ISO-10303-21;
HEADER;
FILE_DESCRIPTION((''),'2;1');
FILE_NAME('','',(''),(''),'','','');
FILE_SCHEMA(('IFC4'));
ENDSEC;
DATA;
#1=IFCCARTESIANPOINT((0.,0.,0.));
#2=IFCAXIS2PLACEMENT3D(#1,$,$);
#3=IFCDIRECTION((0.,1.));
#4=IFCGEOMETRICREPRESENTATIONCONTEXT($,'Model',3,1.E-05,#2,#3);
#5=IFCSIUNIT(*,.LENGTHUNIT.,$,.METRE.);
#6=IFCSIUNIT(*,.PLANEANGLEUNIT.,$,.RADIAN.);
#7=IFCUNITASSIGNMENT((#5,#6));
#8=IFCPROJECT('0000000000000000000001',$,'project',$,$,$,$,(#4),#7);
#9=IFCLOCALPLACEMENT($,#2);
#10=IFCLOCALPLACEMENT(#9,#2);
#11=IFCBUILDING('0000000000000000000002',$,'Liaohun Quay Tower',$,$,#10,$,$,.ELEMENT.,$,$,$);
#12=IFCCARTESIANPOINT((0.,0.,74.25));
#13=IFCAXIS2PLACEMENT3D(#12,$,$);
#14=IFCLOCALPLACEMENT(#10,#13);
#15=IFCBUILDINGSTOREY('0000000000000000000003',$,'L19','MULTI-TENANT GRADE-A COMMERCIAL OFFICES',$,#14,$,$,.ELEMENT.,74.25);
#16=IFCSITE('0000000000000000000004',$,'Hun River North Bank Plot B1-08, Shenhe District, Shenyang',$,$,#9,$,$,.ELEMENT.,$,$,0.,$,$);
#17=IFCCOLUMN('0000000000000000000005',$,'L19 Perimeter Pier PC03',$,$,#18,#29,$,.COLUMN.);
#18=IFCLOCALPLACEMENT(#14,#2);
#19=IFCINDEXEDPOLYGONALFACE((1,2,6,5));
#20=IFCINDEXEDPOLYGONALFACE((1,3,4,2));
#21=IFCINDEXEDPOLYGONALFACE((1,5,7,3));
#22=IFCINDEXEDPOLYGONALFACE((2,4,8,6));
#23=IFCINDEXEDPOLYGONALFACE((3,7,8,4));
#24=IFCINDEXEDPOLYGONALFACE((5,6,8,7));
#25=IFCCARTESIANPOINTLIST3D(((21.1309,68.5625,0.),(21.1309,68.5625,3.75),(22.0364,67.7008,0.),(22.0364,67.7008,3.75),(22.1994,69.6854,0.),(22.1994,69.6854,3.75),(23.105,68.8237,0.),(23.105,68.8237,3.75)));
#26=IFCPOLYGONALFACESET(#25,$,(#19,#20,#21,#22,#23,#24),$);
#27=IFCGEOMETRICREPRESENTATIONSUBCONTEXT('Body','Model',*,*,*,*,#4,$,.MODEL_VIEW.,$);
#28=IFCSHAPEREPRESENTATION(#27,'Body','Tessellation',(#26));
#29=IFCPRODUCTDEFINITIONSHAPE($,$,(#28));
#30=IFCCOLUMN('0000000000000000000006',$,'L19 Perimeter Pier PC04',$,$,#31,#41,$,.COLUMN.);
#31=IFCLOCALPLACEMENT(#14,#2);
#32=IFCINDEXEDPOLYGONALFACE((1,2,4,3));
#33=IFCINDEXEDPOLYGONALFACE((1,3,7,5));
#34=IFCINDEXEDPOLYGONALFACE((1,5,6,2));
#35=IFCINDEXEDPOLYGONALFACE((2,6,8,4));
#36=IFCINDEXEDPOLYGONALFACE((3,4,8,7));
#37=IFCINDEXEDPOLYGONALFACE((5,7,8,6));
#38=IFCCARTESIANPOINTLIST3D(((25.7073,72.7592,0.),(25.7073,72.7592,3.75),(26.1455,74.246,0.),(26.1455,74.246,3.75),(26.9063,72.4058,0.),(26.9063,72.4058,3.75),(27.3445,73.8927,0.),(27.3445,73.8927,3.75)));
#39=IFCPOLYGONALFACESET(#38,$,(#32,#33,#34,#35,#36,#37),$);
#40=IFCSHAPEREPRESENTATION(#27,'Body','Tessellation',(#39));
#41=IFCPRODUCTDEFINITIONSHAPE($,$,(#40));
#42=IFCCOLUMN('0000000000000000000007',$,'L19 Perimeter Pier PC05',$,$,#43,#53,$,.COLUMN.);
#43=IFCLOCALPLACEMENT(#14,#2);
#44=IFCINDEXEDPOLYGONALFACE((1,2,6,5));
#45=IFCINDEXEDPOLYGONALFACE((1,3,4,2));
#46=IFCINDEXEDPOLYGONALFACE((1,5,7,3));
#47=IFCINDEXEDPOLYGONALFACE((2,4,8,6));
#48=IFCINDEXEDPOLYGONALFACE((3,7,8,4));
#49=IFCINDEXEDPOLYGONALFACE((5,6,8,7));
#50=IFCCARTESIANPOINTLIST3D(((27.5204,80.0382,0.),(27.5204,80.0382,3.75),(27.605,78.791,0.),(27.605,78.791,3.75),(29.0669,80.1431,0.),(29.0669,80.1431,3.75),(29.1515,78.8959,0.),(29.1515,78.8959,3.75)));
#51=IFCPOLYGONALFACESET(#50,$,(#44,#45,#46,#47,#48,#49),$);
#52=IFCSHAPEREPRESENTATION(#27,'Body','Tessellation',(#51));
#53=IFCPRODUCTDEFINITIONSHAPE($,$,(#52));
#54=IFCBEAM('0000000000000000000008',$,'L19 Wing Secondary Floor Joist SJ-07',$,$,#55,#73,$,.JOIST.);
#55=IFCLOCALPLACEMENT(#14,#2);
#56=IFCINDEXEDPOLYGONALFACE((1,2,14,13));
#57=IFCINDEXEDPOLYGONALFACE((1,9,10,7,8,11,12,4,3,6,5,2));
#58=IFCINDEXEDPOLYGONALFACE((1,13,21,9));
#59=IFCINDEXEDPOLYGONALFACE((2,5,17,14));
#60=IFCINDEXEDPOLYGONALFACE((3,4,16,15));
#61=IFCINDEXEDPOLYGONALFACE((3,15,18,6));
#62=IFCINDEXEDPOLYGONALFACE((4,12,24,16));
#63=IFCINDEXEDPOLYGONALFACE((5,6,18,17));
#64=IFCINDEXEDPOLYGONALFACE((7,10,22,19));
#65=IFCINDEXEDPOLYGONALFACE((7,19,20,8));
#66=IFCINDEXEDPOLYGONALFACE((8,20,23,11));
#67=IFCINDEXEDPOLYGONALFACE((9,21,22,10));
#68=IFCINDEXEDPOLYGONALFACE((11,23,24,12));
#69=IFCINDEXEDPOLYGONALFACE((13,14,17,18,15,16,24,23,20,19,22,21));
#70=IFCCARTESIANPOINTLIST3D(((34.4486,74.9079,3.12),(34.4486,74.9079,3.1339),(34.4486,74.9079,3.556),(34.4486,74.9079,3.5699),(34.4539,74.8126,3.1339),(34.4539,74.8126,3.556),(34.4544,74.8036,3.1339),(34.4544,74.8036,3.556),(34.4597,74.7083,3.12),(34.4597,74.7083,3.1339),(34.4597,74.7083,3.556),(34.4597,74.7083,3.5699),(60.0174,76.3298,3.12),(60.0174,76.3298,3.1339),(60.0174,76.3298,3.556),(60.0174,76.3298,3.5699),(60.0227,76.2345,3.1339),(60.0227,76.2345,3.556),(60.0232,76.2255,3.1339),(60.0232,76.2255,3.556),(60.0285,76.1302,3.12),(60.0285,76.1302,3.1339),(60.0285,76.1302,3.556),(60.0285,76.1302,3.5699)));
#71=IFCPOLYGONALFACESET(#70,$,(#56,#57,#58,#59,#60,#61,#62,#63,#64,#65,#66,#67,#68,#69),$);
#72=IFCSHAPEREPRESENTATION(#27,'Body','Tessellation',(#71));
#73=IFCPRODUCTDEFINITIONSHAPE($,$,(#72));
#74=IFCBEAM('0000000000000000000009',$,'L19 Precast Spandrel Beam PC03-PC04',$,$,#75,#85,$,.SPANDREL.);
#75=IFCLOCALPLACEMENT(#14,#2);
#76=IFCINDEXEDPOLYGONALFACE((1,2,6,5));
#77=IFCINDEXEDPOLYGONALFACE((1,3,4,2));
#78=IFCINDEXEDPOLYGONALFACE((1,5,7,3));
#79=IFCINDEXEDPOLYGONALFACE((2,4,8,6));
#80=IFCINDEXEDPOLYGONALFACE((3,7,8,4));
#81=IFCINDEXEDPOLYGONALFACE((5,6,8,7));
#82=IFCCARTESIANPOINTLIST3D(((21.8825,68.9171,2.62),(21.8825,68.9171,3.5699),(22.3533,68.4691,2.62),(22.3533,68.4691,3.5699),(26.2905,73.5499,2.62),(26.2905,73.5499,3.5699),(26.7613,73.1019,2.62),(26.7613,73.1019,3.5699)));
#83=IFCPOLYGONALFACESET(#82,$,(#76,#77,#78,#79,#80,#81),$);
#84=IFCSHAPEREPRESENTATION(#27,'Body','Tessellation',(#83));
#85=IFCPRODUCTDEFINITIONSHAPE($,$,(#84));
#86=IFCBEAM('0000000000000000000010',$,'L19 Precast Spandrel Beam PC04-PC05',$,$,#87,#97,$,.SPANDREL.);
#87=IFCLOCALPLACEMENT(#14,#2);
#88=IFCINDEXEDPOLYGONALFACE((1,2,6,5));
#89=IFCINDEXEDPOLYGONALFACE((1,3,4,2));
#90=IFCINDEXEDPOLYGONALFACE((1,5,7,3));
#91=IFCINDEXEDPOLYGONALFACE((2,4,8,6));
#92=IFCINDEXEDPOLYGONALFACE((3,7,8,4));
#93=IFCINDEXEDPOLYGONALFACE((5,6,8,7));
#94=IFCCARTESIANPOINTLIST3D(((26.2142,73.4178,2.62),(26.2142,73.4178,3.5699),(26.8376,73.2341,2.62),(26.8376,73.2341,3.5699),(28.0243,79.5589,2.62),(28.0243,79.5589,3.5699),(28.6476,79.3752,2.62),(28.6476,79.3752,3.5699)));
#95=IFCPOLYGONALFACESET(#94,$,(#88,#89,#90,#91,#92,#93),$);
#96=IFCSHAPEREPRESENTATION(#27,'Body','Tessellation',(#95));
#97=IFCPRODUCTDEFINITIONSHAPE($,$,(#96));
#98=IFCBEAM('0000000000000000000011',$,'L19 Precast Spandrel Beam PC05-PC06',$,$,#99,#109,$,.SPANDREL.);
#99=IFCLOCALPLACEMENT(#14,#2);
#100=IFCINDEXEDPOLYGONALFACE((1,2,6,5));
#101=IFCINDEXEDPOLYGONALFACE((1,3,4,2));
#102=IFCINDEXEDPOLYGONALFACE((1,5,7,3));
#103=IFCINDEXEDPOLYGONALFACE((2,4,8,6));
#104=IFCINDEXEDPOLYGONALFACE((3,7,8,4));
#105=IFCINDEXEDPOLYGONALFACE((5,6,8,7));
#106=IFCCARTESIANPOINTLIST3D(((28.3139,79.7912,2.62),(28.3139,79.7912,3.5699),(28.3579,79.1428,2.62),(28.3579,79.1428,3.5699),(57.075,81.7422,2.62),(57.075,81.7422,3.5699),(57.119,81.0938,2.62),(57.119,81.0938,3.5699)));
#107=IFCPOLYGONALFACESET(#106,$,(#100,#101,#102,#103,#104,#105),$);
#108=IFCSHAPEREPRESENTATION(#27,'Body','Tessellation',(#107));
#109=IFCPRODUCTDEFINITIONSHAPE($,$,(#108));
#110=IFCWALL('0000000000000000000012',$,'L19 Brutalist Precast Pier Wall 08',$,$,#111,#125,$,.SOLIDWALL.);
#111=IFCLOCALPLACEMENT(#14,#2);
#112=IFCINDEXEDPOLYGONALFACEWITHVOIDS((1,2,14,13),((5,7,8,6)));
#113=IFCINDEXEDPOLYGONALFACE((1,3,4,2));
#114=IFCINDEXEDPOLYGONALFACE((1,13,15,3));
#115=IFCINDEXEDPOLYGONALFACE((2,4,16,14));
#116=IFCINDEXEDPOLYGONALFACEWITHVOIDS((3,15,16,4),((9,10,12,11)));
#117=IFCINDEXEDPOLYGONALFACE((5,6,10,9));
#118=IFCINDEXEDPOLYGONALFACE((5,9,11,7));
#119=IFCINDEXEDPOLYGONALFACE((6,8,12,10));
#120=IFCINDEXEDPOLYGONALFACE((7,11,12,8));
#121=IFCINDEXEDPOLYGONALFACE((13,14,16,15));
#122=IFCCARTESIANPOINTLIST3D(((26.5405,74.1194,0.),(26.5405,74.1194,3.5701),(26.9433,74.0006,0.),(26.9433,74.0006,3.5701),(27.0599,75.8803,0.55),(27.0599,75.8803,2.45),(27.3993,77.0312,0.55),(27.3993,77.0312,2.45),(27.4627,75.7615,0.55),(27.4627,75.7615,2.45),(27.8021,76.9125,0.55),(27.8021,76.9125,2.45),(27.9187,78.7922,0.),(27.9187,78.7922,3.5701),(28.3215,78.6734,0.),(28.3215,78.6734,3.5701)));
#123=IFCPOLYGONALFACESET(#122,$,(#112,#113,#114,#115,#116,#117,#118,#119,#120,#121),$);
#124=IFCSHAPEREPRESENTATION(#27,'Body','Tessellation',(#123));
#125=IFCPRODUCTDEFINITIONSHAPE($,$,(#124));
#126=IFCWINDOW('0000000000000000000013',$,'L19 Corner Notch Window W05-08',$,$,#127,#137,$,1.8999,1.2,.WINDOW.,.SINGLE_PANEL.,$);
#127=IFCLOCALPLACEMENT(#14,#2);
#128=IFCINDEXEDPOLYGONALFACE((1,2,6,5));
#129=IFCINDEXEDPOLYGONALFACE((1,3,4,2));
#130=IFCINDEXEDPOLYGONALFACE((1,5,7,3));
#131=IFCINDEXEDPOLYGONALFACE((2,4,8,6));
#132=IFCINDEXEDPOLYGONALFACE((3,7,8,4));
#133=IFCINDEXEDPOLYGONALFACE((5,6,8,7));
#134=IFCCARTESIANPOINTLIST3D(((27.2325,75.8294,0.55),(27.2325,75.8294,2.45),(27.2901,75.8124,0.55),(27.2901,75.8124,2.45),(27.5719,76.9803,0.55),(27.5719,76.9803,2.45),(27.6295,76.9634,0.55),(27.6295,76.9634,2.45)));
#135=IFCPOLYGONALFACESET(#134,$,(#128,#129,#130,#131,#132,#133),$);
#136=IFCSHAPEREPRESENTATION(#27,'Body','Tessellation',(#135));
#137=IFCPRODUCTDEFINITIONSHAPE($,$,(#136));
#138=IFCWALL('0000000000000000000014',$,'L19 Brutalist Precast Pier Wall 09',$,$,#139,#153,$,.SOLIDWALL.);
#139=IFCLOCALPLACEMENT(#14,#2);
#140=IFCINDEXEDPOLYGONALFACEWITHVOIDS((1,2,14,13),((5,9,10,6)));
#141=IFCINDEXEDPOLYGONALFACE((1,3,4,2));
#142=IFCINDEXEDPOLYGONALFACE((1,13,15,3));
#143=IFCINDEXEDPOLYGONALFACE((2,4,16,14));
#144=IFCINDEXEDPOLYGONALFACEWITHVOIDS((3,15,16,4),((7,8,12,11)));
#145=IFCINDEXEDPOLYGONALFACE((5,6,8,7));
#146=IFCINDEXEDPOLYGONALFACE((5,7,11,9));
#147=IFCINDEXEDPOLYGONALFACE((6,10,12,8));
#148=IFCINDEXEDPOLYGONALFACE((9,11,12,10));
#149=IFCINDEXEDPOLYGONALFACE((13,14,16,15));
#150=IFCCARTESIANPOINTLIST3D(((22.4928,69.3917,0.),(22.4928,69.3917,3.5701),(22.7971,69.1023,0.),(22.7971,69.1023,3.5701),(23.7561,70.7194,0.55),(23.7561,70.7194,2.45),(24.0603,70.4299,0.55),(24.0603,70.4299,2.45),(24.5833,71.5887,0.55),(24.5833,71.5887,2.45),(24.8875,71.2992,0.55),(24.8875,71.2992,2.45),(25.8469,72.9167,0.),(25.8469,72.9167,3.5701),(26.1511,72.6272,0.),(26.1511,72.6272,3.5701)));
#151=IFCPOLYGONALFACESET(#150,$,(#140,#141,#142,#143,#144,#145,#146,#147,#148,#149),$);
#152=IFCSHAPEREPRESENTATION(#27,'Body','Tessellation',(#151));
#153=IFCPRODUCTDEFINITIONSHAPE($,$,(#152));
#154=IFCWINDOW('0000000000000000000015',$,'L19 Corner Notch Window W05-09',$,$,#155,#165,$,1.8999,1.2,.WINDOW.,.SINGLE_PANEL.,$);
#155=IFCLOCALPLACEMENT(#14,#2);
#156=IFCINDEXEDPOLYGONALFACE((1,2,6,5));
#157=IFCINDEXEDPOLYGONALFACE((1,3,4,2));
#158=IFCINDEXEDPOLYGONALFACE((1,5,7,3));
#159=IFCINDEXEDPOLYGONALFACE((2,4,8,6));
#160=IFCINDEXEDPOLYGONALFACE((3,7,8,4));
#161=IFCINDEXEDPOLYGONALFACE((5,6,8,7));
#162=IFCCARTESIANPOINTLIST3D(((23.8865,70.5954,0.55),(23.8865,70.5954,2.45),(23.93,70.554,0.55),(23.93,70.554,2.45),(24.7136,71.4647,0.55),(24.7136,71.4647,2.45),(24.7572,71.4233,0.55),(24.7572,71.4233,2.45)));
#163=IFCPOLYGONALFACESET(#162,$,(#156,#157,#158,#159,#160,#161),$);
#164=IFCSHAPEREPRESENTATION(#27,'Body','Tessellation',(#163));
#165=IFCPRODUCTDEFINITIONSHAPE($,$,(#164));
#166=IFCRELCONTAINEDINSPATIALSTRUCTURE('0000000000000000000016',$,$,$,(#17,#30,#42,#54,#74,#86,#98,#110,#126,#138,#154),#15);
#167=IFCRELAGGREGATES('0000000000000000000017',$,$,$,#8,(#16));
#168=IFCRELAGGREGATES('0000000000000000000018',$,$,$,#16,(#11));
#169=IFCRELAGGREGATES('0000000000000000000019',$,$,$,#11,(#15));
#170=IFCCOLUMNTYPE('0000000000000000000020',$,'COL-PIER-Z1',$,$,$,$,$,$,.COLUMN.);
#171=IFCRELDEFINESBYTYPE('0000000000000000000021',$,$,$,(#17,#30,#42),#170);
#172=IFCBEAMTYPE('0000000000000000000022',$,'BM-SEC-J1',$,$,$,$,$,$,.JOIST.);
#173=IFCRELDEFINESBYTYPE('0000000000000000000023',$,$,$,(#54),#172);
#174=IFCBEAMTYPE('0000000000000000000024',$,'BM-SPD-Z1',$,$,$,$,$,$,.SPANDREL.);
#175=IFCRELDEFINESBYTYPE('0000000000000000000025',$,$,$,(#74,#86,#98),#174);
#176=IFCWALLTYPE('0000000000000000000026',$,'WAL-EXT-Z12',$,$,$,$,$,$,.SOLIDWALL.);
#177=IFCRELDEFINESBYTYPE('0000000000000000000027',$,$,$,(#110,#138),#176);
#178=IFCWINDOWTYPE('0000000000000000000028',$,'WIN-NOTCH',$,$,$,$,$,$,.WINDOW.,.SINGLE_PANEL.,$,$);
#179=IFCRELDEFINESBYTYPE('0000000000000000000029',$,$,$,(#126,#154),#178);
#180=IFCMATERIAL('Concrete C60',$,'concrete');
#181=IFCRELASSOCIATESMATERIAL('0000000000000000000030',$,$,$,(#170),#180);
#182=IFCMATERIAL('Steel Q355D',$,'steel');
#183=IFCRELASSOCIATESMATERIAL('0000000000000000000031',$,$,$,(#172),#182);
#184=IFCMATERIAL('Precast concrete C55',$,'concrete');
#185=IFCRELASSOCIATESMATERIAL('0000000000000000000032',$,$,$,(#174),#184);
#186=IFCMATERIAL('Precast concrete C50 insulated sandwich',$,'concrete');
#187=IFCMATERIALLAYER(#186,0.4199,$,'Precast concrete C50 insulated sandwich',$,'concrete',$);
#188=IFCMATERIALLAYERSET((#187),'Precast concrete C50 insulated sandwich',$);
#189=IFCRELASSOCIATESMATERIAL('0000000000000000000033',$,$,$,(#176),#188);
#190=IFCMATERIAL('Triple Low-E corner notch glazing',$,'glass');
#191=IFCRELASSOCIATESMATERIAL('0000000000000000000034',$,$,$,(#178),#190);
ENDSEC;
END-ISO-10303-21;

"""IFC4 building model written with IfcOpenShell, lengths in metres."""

from ifc_helpers import new_model, si_unit, direction, frame, frame_2d, origin, origin_2d, place, context, subcontext, project, spatial, rectangle, i_section, extrude, source, transform, mapped, material, layer, layer_set, material_profile, profile_set, type_object, element, fill, save


model = new_model("IFC4")

# Units and contexts
model_context = context("Model", 3, precision=1e-05, world=origin(), true_north=direction((0.0, 1.0)))
body_context = subcontext(model_context, "Body", "Model", "MODEL_VIEW")
ifc_project = project(units=[si_unit("LENGTHUNIT", "METRE"), si_unit("PLANEANGLEUNIT", "RADIAN")], contexts=[model_context])

# Site, building, storey
site_placement = place(None, origin())
site = spatial("IfcSite", under=ifc_project, at=site_placement, Name="Hun River North Bank Plot B1-08, Shenhe District, Shenyang", CompositionType="ELEMENT", RefElevation=0.0)
building_placement = place(site_placement, origin())
building = spatial("IfcBuilding", under=site, at=building_placement, Name="Liaohun Quay Tower", CompositionType="ELEMENT")
storey_placement = place(building_placement, frame((0.0, 0.0, 74.25)))
storey = spatial("IfcBuildingStorey", under=building, at=storey_placement, Name="L19", Description="MULTI-TENANT GRADE-A COMMERCIAL OFFICES", CompositionType="ELEMENT", Elevation=74.25)

# Columns
ifc_material_1 = material(Name="Concrete C60", Category="concrete")
ifc_material_profile_1 = material_profile(ifc_material_1, rectangle(XDim=1.55, YDim=1.25, at=origin_2d()), Name="RC1550x1250")
ifc_profile_set_1 = profile_set([ifc_material_profile_1], Name="Concrete C60")
column_type = type_object("IfcColumnType", Name="COL-PIER-Z1", PredefinedType="COLUMN", material=ifc_profile_set_1)
shared_shape_1 = source(origin(), body_context, "Body", "SweptSolid", [
    extrude(rectangle(XDim=1.55, YDim=1.25, at=origin_2d()), origin(), (0.0, 0.0, 1.0), 3.75),
])
for number, where, z_axis, x_axis, name in (
    (1, (22.1179, 68.6931, 0.0), (0.0, 0.0, 1.0), (0.689367, 0.724413, 0.0), "L19 Perimeter Pier PC03"),
    (2, (26.5259, 73.3259, 0.0), (0.0, 0.0, 1.0), (0.282676, 0.959215, 0.0), "L19 Perimeter Pier PC04"),
    (3, (28.3359, 79.467, 0.0), (0.0, 0.0, 1.0), (0.997708, 0.067667, 0.0), "L19 Perimeter Pier PC05"),
):
    element("IfcColumn", number, at=place(storey_placement, frame(where, z_axis=z_axis, x_axis=x_axis)), inside=storey, type_object=column_type, Name=name, PredefinedType="COLUMN", context=body_context, shape_type="MappedRepresentation", body=[
        mapped(shared_shape_1, transform((0.0, 0.0, 0.0), x_axis=(1.0, 0.0, 0.0), y_axis=(0.0, 1.0, 0.0), z_axis=(0.0, 0.0, 1.0), scale=1.0)),
    ])

# Beams
ifc_material_2 = material(Name="Steel Q355D", Category="steel")
ifc_material_profile_2 = material_profile(ifc_material_2, i_section(OverallWidth=0.2, OverallDepth=0.45, WebThickness=0.009, FlangeThickness=0.0139, at=origin_2d()), Name="HN450x200x9x14")
ifc_profile_set_2 = profile_set([ifc_material_profile_2], Name="Steel Q355D")
beam_type_1 = type_object("IfcBeamType", Name="BM-SEC-J1", PredefinedType="JOIST", material=ifc_profile_set_2)
shared_shape_2 = source(origin(), body_context, "Body", "SweptSolid", [
    extrude(i_section(OverallWidth=0.2, OverallDepth=0.45, WebThickness=0.009, FlangeThickness=0.0139, at=origin_2d()), origin(), (0.0, 0.0, 1.0), 25.6084),
])
beam_1_placement = place(storey_placement, frame((34.4541, 74.8081, 3.345), z_axis=(0.998457, 0.055524, 0.0), x_axis=(-0.055524, 0.998457, 0.0)))
element("IfcBeam", 4, at=beam_1_placement, inside=storey, type_object=beam_type_1, Name="L19 Wing Secondary Floor Joist SJ-07", PredefinedType="JOIST", context=body_context, shape_type="MappedRepresentation", body=[
    mapped(shared_shape_2, transform((0.0, 0.0, 0.0), x_axis=(1.0, 0.0, 0.0), y_axis=(0.0, 1.0, 0.0), z_axis=(0.0, 0.0, 1.0), scale=1.0)),
])
ifc_material_3 = material(Name="Precast concrete C55", Category="concrete")
ifc_material_profile_3 = material_profile(ifc_material_3, rectangle(XDim=0.6499, YDim=0.95, at=origin_2d()), Name="RC650x950")
ifc_profile_set_3 = profile_set([ifc_material_profile_3], Name="Precast concrete C55")
beam_type_2 = type_object("IfcBeamType", Name="BM-SPD-Z1", PredefinedType="SPANDREL", material=ifc_profile_set_3)
shared_shape_3 = source(origin(), body_context, "Body", "SweptSolid", [
    extrude(rectangle(XDim=0.6499, YDim=0.95, at=origin_2d()), origin(), (0.0, 0.0, 1.0), 6.3948),
])
beam_2_placement = place(storey_placement, frame((22.1179, 68.6931, 3.095), z_axis=(0.689307, 0.724469, 0.0), x_axis=(-0.724469, 0.689307, 0.0)))
element("IfcBeam", 5, at=beam_2_placement, inside=storey, type_object=beam_type_2, Name="L19 Precast Spandrel Beam PC03-PC04", PredefinedType="SPANDREL", context=body_context, shape_type="MappedRepresentation", body=[
    mapped(shared_shape_3, transform((0.0, 0.0, 0.0), x_axis=(1.0, 0.0, 0.0), y_axis=(0.0, 1.0, 0.0), z_axis=(0.0, 0.0, 1.0), scale=1.0)),
])
shared_shape_4 = source(origin(), body_context, "Body", "SweptSolid", [
    extrude(rectangle(XDim=0.6499, YDim=0.95, at=origin_2d()), origin(), (0.0, 0.0, 1.0), 6.4023),
])
beam_3_placement = place(storey_placement, frame((26.5259, 73.3259, 3.095), z_axis=(0.28272, 0.959203, 0.0), x_axis=(-0.959203, 0.28272, 0.0)))
element("IfcBeam", 6, at=beam_3_placement, inside=storey, type_object=beam_type_2, Name="L19 Precast Spandrel Beam PC04-PC05", PredefinedType="SPANDREL", context=body_context, shape_type="MappedRepresentation", body=[
    mapped(shared_shape_4, transform((0.0, 0.0, 0.0), x_axis=(1.0, 0.0, 0.0), y_axis=(0.0, 1.0, 0.0), z_axis=(0.0, 0.0, 1.0), scale=1.0)),
])
shared_shape_5 = source(origin(), body_context, "Body", "SweptSolid", [
    extrude(rectangle(XDim=0.6499, YDim=0.95, at=origin_2d()), origin(), (0.0, 0.0, 1.0), 28.8271),
])
beam_4_placement = place(storey_placement, frame((28.3359, 79.467, 3.095), z_axis=(0.997707, 0.067677, 0.0), x_axis=(-0.067677, 0.997707, 0.0)))
element("IfcBeam", 7, at=beam_4_placement, inside=storey, type_object=beam_type_2, Name="L19 Precast Spandrel Beam PC05-PC06", PredefinedType="SPANDREL", context=body_context, shape_type="MappedRepresentation", body=[
    mapped(shared_shape_5, transform((0.0, 0.0, 0.0), x_axis=(1.0, 0.0, 0.0), y_axis=(0.0, 1.0, 0.0), z_axis=(0.0, 0.0, 1.0), scale=1.0)),
])

# Walls, openings, windows
ifc_material_4 = material(Name="Precast concrete C50 insulated sandwich", Category="concrete")
ifc_layer_1 = layer(ifc_material_4, 0.4199, Name="Precast concrete C50 insulated sandwich", Category="concrete")
ifc_layer_set_1 = layer_set([ifc_layer_1], Name="Precast concrete C50 insulated sandwich")
wall_type_1 = type_object("IfcWallType", Name="WAL-EXT-Z12", PredefinedType="SOLIDWALL", material=ifc_layer_set_1)
wall_1_placement = place(storey_placement, frame((28.1201, 78.7329, 0.0), z_axis=(0.0, 0.0, 1.0), x_axis=(-0.282885, -0.959154, 0.0)))
wall_1 = element("IfcWall", 8, at=wall_1_placement, inside=storey, type_object=wall_type_1, Name="L19 Brutalist Precast Pier Wall 08", PredefinedType="SOLIDWALL", context=body_context, shape_type="SweptSolid", body=[
    extrude(rectangle(XDim=4.8718, YDim=0.4199, at=frame_2d((2.436, 0.0))), origin(), (0.0, 0.0, 1.0), 3.5701),
])
shared_shape_6 = source(origin(), body_context, "Body", "SweptSolid", [
    extrude(rectangle(XDim=1.2, YDim=1.8999, at=frame_2d((0.6001, 0.95))), frame((0.0, 0.22, 0.0), z_axis=(0.0, -1.0, 0.0), x_axis=(1.0, 0.0, 0.0)), (0.0, 0.0, 1.0), 0.4399),
])
opening_1_placement = place(wall_1_placement, frame((1.8359, 0.0, 0.55)))
opening_1 = element("IfcOpeningElement", 9, at=opening_1_placement, cuts=wall_1, PredefinedType="OPENING", context=body_context, shape_type="MappedRepresentation", body=[
    mapped(shared_shape_6, transform((0.0, 0.0, 0.0), x_axis=(1.0, 0.0, 0.0), y_axis=(0.0, 1.0, 0.0), z_axis=(0.0, 0.0, 1.0), scale=1.0)),
])
ifc_material_5 = material(Name="Triple Low-E corner notch glazing", Category="glass")
window_type_1 = type_object("IfcWindowType", Name="WIN-NOTCH", PartitioningType="SINGLE_PANEL", PredefinedType="WINDOW", material=ifc_material_5)
shared_shape_7 = source(origin(), body_context, "Body", "SweptSolid", [
    extrude(rectangle(XDim=1.2, YDim=1.8999, at=frame_2d((0.6001, 0.95))), frame((0.0, 0.03, 0.0), z_axis=(0.0, -1.0, 0.0), x_axis=(1.0, 0.0, 0.0)), (0.0, 0.0, 1.0), 0.0601),
])
window_1_placement = place(opening_1_placement, origin())
window_1 = element("IfcWindow", 10, at=window_1_placement, inside=storey, type_object=window_type_1, Name="L19 Corner Notch Window W05-08", OverallHeight=1.8999, OverallWidth=1.2, PartitioningType="SINGLE_PANEL", PredefinedType="WINDOW", context=body_context, shape_type="MappedRepresentation", body=[
    mapped(shared_shape_7, transform((0.0, 0.0, 0.0), x_axis=(1.0, 0.0, 0.0), y_axis=(0.0, 1.0, 0.0), z_axis=(0.0, 0.0, 1.0), scale=1.0)),
])
fill(opening_1, window_1)
wall_2_placement = place(storey_placement, frame((25.999, 72.772, 0.0), z_axis=(0.0, 0.0, 1.0), x_axis=(-0.689327, -0.72445, 0.0)))
wall_2 = element("IfcWall", 11, at=wall_2_placement, inside=storey, type_object=wall_type_1, Name="L19 Brutalist Precast Pier Wall 09", PredefinedType="SOLIDWALL", context=body_context, shape_type="SweptSolid", body=[
    extrude(rectangle(XDim=4.8657, YDim=0.4199, at=frame_2d((2.4329, 0.0))), origin(), (0.0, 0.0, 1.0), 3.5701),
])
opening_2_placement = place(wall_2_placement, frame((1.833, 0.0, 0.55)))
opening_2 = element("IfcOpeningElement", 12, at=opening_2_placement, cuts=wall_2, PredefinedType="OPENING", context=body_context, shape_type="MappedRepresentation", body=[
    mapped(shared_shape_6, transform((0.0, 0.0, 0.0), x_axis=(1.0, 0.0, 0.0), y_axis=(0.0, 1.0, 0.0), z_axis=(0.0, 0.0, 1.0), scale=1.0)),
])
window_2_placement = place(opening_2_placement, origin())
window_2 = element("IfcWindow", 13, at=window_2_placement, inside=storey, type_object=window_type_1, Name="L19 Corner Notch Window W05-09", OverallHeight=1.8999, OverallWidth=1.2, PartitioningType="SINGLE_PANEL", PredefinedType="WINDOW", context=body_context, shape_type="MappedRepresentation", body=[
    mapped(shared_shape_7, transform((0.0, 0.0, 0.0), x_axis=(1.0, 0.0, 0.0), y_axis=(0.0, 1.0, 0.0), z_axis=(0.0, 0.0, 1.0), scale=1.0)),
])
fill(opening_2, window_2)

save(model, "model.ifc")
